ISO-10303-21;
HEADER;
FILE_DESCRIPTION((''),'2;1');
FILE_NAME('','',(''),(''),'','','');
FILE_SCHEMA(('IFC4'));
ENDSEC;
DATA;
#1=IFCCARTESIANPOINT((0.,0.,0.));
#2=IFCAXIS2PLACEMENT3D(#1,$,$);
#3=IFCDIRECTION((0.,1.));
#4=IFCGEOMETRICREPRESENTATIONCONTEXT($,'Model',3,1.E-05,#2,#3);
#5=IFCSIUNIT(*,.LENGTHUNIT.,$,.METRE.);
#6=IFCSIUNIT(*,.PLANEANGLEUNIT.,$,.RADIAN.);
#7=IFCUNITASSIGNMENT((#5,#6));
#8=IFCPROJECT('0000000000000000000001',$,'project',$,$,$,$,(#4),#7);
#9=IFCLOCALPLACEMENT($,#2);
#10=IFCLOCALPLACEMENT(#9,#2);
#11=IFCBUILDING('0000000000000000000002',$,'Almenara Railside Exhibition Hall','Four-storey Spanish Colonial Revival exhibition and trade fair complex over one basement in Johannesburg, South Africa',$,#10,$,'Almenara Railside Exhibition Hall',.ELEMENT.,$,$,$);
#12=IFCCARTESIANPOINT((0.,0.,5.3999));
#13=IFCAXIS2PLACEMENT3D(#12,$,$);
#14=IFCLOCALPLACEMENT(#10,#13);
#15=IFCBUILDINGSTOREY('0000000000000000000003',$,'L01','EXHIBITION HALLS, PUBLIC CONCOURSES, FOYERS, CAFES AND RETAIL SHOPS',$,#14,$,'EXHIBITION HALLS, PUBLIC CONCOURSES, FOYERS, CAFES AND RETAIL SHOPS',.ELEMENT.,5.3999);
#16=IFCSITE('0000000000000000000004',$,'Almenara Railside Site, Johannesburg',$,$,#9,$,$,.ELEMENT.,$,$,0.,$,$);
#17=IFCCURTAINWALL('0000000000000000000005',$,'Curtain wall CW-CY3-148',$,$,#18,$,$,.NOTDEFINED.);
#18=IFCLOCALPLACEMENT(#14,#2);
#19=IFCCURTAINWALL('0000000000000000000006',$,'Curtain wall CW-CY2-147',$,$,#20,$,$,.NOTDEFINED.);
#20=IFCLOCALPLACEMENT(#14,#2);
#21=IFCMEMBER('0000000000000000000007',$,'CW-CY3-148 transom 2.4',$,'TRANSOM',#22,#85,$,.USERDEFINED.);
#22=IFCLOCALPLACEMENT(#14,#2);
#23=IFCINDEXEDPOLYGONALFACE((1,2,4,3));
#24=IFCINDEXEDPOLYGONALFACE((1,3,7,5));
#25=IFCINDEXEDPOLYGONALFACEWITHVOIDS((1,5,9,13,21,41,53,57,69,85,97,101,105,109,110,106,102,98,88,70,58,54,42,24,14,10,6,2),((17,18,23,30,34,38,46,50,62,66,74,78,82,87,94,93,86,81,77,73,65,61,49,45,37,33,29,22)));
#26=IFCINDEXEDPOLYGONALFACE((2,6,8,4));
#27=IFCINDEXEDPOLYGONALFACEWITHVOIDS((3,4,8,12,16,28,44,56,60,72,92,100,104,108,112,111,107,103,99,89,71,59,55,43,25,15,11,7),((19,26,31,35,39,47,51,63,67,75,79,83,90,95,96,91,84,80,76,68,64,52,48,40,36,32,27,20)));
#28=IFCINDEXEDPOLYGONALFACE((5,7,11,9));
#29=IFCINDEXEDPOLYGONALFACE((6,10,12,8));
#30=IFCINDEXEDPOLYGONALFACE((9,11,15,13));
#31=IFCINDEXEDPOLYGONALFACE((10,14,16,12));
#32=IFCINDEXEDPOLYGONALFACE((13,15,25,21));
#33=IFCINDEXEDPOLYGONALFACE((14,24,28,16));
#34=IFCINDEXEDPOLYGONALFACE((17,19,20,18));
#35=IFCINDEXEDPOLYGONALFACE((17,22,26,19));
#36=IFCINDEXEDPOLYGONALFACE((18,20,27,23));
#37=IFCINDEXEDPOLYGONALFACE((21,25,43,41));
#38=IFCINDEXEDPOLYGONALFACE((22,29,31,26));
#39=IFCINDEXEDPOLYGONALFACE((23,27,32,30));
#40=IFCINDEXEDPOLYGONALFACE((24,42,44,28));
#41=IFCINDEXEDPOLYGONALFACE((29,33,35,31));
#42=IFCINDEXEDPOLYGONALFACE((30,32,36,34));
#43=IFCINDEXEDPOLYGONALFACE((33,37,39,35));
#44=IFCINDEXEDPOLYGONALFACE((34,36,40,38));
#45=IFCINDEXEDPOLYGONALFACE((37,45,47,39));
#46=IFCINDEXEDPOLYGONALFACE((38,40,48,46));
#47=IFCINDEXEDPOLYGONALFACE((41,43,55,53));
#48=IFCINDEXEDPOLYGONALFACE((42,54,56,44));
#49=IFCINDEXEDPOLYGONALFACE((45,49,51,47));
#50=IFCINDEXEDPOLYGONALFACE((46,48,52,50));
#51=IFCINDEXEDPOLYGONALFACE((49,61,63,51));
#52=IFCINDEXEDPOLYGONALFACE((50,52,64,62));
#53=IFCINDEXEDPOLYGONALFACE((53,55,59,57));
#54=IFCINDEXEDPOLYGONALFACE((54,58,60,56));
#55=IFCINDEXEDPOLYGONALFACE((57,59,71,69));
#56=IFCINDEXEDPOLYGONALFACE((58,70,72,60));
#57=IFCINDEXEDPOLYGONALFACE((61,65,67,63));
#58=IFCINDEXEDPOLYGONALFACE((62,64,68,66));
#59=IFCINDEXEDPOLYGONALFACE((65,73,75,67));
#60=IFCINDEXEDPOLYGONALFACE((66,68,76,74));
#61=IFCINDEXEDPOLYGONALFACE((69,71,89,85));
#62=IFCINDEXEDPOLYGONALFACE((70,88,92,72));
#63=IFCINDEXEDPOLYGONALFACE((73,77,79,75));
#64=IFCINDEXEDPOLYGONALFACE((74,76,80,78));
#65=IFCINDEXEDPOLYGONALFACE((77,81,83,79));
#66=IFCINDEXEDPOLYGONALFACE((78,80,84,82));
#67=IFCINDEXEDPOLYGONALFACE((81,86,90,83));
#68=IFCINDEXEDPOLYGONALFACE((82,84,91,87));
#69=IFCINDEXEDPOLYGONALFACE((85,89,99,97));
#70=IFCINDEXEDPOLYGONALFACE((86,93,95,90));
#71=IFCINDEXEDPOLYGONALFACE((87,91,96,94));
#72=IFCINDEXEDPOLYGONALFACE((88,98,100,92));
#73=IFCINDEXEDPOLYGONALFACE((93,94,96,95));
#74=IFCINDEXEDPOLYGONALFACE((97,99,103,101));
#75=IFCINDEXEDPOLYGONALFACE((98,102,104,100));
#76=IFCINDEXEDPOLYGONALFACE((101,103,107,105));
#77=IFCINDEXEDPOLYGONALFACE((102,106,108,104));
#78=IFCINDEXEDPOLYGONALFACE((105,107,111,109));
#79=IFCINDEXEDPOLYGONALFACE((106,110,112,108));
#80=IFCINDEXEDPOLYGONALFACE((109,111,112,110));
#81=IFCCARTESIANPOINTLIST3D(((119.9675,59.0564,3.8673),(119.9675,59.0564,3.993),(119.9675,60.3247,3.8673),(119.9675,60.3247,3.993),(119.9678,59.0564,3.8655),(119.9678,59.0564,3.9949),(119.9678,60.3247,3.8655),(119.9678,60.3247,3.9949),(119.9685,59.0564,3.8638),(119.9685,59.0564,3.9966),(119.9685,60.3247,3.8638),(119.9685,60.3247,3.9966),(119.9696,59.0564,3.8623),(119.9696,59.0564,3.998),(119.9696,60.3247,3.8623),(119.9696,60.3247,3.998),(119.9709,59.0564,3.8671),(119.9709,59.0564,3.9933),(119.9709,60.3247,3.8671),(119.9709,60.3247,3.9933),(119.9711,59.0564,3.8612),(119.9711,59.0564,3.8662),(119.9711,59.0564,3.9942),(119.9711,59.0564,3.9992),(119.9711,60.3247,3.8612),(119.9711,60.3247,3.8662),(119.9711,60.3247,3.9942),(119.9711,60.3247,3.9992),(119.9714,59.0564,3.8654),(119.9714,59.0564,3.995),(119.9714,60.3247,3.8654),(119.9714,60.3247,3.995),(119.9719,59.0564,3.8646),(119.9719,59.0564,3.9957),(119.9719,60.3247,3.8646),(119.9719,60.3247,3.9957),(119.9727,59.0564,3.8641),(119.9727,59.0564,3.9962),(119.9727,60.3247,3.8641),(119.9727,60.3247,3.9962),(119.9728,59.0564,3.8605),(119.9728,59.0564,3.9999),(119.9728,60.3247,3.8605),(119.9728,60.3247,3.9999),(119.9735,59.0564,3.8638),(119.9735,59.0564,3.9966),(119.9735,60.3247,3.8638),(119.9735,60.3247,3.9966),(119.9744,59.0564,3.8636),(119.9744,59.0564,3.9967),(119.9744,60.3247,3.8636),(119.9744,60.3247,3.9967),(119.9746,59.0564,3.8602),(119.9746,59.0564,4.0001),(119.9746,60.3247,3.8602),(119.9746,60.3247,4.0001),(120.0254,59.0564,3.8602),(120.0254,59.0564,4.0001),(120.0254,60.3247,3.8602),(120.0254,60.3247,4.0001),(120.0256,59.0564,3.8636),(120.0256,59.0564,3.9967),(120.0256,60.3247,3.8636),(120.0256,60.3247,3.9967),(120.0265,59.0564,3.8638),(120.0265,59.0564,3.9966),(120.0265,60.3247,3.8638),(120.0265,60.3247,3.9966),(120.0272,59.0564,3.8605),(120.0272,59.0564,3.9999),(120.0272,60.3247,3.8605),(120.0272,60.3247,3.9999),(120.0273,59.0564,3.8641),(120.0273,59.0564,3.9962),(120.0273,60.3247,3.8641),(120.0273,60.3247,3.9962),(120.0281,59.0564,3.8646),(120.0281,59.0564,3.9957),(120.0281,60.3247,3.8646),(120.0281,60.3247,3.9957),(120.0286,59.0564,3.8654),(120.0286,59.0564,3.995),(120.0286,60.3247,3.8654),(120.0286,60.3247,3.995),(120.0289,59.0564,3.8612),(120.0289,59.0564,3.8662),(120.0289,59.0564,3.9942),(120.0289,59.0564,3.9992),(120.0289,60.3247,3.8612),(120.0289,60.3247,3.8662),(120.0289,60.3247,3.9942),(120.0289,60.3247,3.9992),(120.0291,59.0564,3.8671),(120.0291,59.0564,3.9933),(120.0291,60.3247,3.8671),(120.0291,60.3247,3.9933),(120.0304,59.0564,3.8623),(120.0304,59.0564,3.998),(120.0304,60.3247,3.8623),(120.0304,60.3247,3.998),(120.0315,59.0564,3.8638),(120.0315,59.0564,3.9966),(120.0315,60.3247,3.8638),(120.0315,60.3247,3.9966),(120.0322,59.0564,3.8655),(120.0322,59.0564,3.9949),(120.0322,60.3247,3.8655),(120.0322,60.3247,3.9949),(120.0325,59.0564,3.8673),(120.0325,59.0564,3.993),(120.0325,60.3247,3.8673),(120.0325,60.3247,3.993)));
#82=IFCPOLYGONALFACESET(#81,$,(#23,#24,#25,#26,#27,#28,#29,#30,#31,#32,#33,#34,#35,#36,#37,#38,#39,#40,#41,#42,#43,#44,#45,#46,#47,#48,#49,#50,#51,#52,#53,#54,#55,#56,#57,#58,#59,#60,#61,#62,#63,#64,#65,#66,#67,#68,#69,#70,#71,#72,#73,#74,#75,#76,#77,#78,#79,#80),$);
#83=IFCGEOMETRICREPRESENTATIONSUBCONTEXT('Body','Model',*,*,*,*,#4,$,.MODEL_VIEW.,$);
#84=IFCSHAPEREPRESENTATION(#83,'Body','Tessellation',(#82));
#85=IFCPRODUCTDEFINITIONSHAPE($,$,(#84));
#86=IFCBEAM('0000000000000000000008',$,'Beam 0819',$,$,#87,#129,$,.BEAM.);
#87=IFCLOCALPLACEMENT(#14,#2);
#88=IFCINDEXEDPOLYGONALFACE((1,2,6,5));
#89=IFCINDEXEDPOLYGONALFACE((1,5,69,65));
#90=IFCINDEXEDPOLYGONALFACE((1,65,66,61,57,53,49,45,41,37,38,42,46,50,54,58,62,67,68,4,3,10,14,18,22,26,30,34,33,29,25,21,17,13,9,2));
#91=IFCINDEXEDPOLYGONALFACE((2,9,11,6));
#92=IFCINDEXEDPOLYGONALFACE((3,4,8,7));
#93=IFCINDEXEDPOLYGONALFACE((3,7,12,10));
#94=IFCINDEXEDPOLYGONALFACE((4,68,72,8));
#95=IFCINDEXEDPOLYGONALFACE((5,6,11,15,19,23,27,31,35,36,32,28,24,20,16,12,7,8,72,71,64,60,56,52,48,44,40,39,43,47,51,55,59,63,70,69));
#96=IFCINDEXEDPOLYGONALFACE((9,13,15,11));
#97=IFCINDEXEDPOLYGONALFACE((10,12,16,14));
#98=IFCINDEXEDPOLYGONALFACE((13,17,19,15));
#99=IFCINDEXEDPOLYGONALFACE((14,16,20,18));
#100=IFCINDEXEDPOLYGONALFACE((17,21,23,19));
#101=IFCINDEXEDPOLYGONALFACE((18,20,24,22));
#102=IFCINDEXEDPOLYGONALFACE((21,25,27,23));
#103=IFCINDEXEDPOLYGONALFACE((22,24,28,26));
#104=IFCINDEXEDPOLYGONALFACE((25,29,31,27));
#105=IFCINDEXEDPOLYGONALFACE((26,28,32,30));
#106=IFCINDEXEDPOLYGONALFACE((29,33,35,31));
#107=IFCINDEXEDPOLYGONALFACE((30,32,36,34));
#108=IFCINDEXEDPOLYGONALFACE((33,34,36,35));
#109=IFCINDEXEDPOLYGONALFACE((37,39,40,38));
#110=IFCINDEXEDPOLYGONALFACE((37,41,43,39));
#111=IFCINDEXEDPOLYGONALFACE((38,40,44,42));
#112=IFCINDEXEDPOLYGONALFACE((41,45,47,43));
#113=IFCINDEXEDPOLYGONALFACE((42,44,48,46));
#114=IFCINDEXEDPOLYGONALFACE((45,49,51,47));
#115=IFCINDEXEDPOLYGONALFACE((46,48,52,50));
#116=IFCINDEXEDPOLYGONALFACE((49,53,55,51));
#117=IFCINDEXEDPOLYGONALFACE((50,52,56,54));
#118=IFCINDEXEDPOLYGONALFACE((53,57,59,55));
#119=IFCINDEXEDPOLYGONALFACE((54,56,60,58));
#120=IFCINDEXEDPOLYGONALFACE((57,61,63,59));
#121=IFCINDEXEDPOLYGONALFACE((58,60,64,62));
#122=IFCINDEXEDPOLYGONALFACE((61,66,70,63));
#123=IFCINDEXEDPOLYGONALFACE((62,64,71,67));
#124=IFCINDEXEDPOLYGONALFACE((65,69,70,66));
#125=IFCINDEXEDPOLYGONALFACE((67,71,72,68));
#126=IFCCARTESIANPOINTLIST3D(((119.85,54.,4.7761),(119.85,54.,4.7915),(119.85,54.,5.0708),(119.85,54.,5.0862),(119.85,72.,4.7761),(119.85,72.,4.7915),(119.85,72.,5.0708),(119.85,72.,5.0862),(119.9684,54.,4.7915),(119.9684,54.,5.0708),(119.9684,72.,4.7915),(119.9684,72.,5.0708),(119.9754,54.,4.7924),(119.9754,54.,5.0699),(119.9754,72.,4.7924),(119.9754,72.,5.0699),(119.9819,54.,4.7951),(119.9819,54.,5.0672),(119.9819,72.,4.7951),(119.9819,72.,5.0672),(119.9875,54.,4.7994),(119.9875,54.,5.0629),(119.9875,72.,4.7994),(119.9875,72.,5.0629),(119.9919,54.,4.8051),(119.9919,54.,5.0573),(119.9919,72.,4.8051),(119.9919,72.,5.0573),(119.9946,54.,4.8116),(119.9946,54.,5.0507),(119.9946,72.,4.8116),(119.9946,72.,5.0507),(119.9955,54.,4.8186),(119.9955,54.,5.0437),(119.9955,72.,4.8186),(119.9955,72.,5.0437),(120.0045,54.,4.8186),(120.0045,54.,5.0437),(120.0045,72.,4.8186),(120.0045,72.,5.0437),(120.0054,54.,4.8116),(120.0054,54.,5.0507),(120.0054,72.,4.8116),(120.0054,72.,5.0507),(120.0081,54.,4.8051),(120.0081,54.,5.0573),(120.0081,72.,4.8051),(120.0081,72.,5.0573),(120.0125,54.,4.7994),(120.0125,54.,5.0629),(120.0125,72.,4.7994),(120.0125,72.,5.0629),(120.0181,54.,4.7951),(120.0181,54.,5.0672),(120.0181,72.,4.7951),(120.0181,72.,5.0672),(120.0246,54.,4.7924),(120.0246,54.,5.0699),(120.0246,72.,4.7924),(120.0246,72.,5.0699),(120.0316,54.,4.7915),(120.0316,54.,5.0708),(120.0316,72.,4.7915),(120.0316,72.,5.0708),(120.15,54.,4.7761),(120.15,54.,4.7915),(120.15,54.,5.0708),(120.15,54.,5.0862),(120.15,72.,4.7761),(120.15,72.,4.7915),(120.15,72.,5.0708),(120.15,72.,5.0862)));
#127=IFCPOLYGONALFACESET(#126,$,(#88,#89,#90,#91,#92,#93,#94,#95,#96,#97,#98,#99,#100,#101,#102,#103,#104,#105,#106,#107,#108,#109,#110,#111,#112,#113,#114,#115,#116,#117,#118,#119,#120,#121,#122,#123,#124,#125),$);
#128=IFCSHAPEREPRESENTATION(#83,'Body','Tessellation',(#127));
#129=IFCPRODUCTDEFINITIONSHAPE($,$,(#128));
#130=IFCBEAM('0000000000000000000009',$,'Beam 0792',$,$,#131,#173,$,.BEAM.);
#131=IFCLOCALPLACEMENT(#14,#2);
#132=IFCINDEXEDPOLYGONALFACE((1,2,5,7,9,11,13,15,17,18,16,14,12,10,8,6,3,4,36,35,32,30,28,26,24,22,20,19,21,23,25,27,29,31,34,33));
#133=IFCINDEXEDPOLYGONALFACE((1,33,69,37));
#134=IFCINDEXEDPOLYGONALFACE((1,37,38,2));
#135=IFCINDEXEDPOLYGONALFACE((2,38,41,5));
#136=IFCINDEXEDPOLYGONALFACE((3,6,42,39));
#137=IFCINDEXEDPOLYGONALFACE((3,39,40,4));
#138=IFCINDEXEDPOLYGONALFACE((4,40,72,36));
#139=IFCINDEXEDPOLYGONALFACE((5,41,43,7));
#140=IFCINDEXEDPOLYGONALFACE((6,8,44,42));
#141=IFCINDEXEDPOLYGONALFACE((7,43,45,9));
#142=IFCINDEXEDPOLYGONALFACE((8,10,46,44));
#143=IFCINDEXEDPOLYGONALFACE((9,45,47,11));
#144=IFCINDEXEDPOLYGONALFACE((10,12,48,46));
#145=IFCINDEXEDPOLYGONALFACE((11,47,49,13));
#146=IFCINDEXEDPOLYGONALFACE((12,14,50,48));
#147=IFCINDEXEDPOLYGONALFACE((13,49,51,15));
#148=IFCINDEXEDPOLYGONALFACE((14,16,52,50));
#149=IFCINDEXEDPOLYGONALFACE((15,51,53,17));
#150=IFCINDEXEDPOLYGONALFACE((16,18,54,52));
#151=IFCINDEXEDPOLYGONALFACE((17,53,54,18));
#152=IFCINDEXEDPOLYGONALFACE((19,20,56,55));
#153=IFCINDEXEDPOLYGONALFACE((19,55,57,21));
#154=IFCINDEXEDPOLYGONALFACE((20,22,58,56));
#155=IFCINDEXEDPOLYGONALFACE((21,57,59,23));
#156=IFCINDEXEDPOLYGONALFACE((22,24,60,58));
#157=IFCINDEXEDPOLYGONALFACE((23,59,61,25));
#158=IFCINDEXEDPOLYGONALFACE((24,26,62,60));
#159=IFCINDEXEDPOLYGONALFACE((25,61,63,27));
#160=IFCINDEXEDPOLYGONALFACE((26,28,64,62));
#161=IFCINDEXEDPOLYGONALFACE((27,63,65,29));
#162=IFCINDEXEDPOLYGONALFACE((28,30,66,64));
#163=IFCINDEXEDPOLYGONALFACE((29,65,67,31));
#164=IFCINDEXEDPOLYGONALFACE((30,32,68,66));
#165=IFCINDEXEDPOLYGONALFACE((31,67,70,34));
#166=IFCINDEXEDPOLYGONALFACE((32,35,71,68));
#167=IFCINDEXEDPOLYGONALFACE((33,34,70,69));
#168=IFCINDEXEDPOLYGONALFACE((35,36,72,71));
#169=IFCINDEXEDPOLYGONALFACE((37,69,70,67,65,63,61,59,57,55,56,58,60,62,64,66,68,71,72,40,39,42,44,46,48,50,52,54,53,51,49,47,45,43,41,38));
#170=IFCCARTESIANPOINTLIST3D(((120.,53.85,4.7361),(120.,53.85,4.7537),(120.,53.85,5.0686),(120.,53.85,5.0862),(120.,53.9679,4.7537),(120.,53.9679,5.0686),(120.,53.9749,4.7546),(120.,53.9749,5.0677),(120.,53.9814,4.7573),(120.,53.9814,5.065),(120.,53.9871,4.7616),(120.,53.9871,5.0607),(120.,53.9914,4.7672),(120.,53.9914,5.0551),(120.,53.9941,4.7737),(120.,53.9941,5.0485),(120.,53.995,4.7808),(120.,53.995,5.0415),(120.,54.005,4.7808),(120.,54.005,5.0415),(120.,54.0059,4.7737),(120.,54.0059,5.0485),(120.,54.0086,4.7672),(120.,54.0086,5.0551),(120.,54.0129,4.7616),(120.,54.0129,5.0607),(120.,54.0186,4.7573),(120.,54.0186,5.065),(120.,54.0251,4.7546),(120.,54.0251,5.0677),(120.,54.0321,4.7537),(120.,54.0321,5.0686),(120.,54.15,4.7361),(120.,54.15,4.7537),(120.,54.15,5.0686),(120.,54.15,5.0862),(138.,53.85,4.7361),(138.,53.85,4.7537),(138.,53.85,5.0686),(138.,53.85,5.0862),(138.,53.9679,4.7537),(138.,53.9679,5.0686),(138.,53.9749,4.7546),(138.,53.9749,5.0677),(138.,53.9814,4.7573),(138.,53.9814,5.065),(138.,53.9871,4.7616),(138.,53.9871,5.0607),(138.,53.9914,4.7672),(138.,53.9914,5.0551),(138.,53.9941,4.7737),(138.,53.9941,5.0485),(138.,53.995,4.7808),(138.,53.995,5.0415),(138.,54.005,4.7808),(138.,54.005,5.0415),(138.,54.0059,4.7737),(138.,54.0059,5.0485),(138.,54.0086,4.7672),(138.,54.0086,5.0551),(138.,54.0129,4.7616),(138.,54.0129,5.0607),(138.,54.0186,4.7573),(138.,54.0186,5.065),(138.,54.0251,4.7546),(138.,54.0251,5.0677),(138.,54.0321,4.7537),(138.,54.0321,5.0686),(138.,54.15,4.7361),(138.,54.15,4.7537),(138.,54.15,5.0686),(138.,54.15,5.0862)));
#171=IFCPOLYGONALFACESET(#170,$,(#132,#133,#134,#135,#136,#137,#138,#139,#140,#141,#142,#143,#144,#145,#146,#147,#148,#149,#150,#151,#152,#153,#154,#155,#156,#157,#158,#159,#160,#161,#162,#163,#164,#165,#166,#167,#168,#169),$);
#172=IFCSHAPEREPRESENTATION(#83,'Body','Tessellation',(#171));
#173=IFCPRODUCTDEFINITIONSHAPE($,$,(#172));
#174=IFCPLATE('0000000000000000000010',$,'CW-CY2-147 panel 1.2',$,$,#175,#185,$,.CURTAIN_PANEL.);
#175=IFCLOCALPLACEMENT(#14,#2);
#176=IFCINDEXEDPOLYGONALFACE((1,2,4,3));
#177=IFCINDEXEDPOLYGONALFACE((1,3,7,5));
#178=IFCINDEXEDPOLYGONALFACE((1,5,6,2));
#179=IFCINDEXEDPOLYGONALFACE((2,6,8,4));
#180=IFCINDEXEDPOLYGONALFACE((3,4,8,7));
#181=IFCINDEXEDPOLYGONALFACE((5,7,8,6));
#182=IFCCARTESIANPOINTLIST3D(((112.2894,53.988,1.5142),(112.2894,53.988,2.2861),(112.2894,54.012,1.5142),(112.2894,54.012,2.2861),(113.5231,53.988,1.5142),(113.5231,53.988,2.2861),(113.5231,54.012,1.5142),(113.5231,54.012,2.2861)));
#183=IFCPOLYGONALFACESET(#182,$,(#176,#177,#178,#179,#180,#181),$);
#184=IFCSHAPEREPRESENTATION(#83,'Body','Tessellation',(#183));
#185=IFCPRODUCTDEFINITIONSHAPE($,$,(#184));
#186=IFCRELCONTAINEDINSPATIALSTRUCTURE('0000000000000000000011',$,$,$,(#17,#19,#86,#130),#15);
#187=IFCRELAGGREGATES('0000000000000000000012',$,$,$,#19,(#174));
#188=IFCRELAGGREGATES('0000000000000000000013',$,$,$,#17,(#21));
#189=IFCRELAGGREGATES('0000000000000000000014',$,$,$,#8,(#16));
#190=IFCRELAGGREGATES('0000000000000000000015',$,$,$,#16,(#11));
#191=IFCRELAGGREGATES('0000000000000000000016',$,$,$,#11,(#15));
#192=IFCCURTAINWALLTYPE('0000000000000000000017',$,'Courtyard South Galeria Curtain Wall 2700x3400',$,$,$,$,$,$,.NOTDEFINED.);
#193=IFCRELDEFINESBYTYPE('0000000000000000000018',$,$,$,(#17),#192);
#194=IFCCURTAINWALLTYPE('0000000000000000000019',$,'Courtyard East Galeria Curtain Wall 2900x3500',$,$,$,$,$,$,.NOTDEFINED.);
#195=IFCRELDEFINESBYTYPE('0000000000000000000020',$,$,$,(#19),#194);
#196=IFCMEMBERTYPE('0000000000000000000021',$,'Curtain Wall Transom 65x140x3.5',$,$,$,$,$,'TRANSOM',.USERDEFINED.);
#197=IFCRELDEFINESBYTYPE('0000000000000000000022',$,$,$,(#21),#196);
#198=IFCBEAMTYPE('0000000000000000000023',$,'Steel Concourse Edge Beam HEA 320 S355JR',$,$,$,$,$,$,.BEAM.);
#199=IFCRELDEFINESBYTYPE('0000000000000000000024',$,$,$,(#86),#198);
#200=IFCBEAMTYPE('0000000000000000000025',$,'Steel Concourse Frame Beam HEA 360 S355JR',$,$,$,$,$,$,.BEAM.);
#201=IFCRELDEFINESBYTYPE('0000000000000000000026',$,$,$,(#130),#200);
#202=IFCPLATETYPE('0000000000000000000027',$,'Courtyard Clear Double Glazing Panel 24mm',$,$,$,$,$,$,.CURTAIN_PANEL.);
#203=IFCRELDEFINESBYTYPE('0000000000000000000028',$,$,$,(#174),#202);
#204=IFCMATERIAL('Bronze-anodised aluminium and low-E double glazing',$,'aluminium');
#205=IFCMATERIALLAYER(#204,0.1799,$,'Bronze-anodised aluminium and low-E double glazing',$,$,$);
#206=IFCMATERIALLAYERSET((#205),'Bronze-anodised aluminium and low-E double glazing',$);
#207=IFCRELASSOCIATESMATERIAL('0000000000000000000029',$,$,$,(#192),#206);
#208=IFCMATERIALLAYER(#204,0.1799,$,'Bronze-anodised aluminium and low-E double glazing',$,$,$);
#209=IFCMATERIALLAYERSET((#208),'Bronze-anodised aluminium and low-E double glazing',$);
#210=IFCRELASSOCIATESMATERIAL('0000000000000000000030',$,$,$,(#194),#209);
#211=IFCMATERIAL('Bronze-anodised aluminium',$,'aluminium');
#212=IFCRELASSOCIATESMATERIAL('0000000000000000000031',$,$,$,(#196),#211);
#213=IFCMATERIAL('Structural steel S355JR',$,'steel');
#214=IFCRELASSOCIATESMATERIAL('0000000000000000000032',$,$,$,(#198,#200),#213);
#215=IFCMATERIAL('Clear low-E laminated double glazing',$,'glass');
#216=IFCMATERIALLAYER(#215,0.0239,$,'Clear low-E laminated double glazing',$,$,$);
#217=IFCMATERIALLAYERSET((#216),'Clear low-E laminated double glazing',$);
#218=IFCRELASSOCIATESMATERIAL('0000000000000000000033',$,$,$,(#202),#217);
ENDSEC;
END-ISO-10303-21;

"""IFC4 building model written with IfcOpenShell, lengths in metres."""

from ifc_helpers import new_model, si_unit, direction, frame, origin, origin_2d, place, context, subcontext, project, spatial, rectangle, hollow_rectangle, i_section, extrude, material, layer, layer_set, material_profile, profile_set, type_object, element, aggregate, save


model = new_model("IFC4")

# Units and contexts
model_context = context("Model", 3, precision=1e-05, world=origin(), true_north=direction((0.0, 1.0)))
body_context = subcontext(model_context, "Body", "Model", "MODEL_VIEW")
ifc_project = project(units=[si_unit("LENGTHUNIT", "METRE"), si_unit("PLANEANGLEUNIT", "RADIAN")], contexts=[model_context])

# Site, building, storey
site_placement = place(None, origin())
site = spatial("IfcSite", under=ifc_project, at=site_placement, Name="Almenara Railside Site, Johannesburg", CompositionType="ELEMENT", RefElevation=0.0)
building_placement = place(site_placement, origin())
building = spatial("IfcBuilding", under=site, at=building_placement, Name="Almenara Railside Exhibition Hall", Description="Four-storey Spanish Colonial Revival exhibition and trade fair complex over one basement in Johannesburg, South Africa", LongName="Almenara Railside Exhibition Hall", CompositionType="ELEMENT")
storey_placement = place(building_placement, frame((0.0, 0.0, 5.3999)))
storey = spatial("IfcBuildingStorey", under=building, at=storey_placement, Name="L01", Description="EXHIBITION HALLS, PUBLIC CONCOURSES, FOYERS, CAFES AND RETAIL SHOPS", LongName="EXHIBITION HALLS, PUBLIC CONCOURSES, FOYERS, CAFES AND RETAIL SHOPS", CompositionType="ELEMENT", Elevation=5.3999)

# Curtain wall
ifc_material_1 = material(Name="Bronze-anodised aluminium and low-E double glazing", Category="aluminium")
ifc_layer_1 = layer(ifc_material_1, 0.1799, Name="Bronze-anodised aluminium and low-E double glazing")
ifc_layer_set_1 = layer_set([ifc_layer_1], Name="Bronze-anodised aluminium and low-E double glazing")
curtain_wall_type_1 = type_object("IfcCurtainWallType", Name="Courtyard South Galeria Curtain Wall 2700x3400", PredefinedType="NOTDEFINED", material=ifc_layer_set_1)
curtain_wall_1_placement = place(storey_placement, origin())
curtain_wall_1 = element("IfcCurtainWall", 1, at=curtain_wall_1_placement, inside=storey, type_object=curtain_wall_type_1, Name="Curtain wall CW-CY3-148", PredefinedType="NOTDEFINED")
ifc_material_2 = material(Name="Bronze-anodised aluminium", Category="aluminium")

# Curtain wall
ifc_layer_2 = layer(ifc_material_1, 0.1799, Name="Bronze-anodised aluminium and low-E double glazing")
ifc_layer_set_2 = layer_set([ifc_layer_2], Name="Bronze-anodised aluminium and low-E double glazing")
curtain_wall_type_2 = type_object("IfcCurtainWallType", Name="Courtyard East Galeria Curtain Wall 2900x3500", PredefinedType="NOTDEFINED", material=ifc_layer_set_2)
curtain_wall_2_placement = place(storey_placement, origin())
curtain_wall_2 = element("IfcCurtainWall", 2, at=curtain_wall_2_placement, inside=storey, type_object=curtain_wall_type_2, Name="Curtain wall CW-CY2-147", PredefinedType="NOTDEFINED")

# Member
ifc_material_profile_1 = material_profile(ifc_material_2, hollow_rectangle(XDim=0.0649, YDim=0.1399, WallThickness=0.0034, InnerFilletRadius=0.0034, OuterFilletRadius=0.0071, at=origin_2d()), Name="ALU-TRN 65x140x3.5")
ifc_profile_set_1 = profile_set([ifc_material_profile_1], Name="Bronze-anodised aluminium")
member_type_1 = type_object("IfcMemberType", Name="Curtain Wall Transom 65x140x3.5", ElementType="TRANSOM", PredefinedType="USERDEFINED", material=ifc_profile_set_1)
member_1_placement = place(storey_placement, frame((120.0, 59.0564, 3.9302), z_axis=(0.0, 1.0, 0.0), x_axis=(-1.0, 0.0, 0.0)))
member_1 = element("IfcMember", 3, at=member_1_placement, type_object=member_type_1, Name="CW-CY3-148 transom 2.4", ObjectType="TRANSOM", PredefinedType="USERDEFINED", context=body_context, shape_type="SweptSolid", body=[
    extrude(hollow_rectangle(XDim=0.0649, YDim=0.1399, WallThickness=0.0034, InnerFilletRadius=0.0034, OuterFilletRadius=0.0071, at=origin_2d()), origin(), (0.0, 0.0, 1.0), 1.2683),
])

# Beams
ifc_material_3 = material(Name="Structural steel S355JR", Category="steel")
ifc_material_profile_2 = material_profile(ifc_material_3, i_section(OverallWidth=0.3, OverallDepth=0.3101, WebThickness=0.009, FlangeThickness=0.0154, FilletRadius=0.0271, at=origin_2d()), Name="HEA 320")
ifc_profile_set_2 = profile_set([ifc_material_profile_2], Name="Structural steel S355JR")
beam_type_1 = type_object("IfcBeamType", Name="Steel Concourse Edge Beam HEA 320 S355JR", PredefinedType="BEAM", material=ifc_profile_set_2)
beam_1_placement = place(storey_placement, frame((120.0, 54.0, 4.9312), z_axis=(0.0, 1.0, 0.0), x_axis=(-1.0, 0.0, 0.0)))
element("IfcBeam", 4, at=beam_1_placement, inside=storey, type_object=beam_type_1, Name="Beam 0819", PredefinedType="BEAM", context=body_context, shape_type="SweptSolid", body=[
    extrude(i_section(OverallWidth=0.3, OverallDepth=0.3101, WebThickness=0.009, FlangeThickness=0.0154, FilletRadius=0.0271, at=origin_2d()), origin(), (0.0, 0.0, 1.0), 18.0),
])
ifc_material_profile_3 = material_profile(ifc_material_3, i_section(OverallWidth=0.3, OverallDepth=0.3501, WebThickness=0.01, FlangeThickness=0.0176, FilletRadius=0.0271, at=origin_2d()), Name="HEA 360")
ifc_profile_set_3 = profile_set([ifc_material_profile_3], Name="Structural steel S355JR")
beam_type_2 = type_object("IfcBeamType", Name="Steel Concourse Frame Beam HEA 360 S355JR", PredefinedType="BEAM", material=ifc_profile_set_3)
beam_2_placement = place(storey_placement, frame((120.0, 54.0, 4.9111), z_axis=(1.0, 0.0, 0.0), x_axis=(0.0, 1.0, 0.0)))
element("IfcBeam", 5, at=beam_2_placement, inside=storey, type_object=beam_type_2, Name="Beam 0792", PredefinedType="BEAM", context=body_context, shape_type="SweptSolid", body=[
    extrude(i_section(OverallWidth=0.3, OverallDepth=0.3501, WebThickness=0.01, FlangeThickness=0.0176, FilletRadius=0.0271, at=origin_2d()), origin(), (0.0, 0.0, 1.0), 18.0),
])

# Plate
ifc_material_4 = material(Name="Clear low-E laminated double glazing", Category="glass")
ifc_layer_3 = layer(ifc_material_4, 0.0239, Name="Clear low-E laminated double glazing")
ifc_layer_set_3 = layer_set([ifc_layer_3], Name="Clear low-E laminated double glazing")
plate_type_1 = type_object("IfcPlateType", Name="Courtyard Clear Double Glazing Panel 24mm", PredefinedType="CURTAIN_PANEL", material=ifc_layer_set_3)
plate_1_placement = place(storey_placement, frame((112.9062, 54.0, 1.5142), z_axis=(0.0, 0.0, 1.0), x_axis=(1.0, 0.0, 0.0)))
plate_1 = element("IfcPlate", 6, at=plate_1_placement, type_object=plate_type_1, Name="CW-CY2-147 panel 1.2", PredefinedType="CURTAIN_PANEL", context=body_context, shape_type="SweptSolid", body=[
    extrude(rectangle(XDim=1.2336, YDim=0.0239, at=origin_2d()), origin(), (0.0, 0.0, 1.0), 0.772),
])
aggregate(curtain_wall_2, [plate_1])
aggregate(curtain_wall_1, [member_1])

save(model, "model.ifc")
